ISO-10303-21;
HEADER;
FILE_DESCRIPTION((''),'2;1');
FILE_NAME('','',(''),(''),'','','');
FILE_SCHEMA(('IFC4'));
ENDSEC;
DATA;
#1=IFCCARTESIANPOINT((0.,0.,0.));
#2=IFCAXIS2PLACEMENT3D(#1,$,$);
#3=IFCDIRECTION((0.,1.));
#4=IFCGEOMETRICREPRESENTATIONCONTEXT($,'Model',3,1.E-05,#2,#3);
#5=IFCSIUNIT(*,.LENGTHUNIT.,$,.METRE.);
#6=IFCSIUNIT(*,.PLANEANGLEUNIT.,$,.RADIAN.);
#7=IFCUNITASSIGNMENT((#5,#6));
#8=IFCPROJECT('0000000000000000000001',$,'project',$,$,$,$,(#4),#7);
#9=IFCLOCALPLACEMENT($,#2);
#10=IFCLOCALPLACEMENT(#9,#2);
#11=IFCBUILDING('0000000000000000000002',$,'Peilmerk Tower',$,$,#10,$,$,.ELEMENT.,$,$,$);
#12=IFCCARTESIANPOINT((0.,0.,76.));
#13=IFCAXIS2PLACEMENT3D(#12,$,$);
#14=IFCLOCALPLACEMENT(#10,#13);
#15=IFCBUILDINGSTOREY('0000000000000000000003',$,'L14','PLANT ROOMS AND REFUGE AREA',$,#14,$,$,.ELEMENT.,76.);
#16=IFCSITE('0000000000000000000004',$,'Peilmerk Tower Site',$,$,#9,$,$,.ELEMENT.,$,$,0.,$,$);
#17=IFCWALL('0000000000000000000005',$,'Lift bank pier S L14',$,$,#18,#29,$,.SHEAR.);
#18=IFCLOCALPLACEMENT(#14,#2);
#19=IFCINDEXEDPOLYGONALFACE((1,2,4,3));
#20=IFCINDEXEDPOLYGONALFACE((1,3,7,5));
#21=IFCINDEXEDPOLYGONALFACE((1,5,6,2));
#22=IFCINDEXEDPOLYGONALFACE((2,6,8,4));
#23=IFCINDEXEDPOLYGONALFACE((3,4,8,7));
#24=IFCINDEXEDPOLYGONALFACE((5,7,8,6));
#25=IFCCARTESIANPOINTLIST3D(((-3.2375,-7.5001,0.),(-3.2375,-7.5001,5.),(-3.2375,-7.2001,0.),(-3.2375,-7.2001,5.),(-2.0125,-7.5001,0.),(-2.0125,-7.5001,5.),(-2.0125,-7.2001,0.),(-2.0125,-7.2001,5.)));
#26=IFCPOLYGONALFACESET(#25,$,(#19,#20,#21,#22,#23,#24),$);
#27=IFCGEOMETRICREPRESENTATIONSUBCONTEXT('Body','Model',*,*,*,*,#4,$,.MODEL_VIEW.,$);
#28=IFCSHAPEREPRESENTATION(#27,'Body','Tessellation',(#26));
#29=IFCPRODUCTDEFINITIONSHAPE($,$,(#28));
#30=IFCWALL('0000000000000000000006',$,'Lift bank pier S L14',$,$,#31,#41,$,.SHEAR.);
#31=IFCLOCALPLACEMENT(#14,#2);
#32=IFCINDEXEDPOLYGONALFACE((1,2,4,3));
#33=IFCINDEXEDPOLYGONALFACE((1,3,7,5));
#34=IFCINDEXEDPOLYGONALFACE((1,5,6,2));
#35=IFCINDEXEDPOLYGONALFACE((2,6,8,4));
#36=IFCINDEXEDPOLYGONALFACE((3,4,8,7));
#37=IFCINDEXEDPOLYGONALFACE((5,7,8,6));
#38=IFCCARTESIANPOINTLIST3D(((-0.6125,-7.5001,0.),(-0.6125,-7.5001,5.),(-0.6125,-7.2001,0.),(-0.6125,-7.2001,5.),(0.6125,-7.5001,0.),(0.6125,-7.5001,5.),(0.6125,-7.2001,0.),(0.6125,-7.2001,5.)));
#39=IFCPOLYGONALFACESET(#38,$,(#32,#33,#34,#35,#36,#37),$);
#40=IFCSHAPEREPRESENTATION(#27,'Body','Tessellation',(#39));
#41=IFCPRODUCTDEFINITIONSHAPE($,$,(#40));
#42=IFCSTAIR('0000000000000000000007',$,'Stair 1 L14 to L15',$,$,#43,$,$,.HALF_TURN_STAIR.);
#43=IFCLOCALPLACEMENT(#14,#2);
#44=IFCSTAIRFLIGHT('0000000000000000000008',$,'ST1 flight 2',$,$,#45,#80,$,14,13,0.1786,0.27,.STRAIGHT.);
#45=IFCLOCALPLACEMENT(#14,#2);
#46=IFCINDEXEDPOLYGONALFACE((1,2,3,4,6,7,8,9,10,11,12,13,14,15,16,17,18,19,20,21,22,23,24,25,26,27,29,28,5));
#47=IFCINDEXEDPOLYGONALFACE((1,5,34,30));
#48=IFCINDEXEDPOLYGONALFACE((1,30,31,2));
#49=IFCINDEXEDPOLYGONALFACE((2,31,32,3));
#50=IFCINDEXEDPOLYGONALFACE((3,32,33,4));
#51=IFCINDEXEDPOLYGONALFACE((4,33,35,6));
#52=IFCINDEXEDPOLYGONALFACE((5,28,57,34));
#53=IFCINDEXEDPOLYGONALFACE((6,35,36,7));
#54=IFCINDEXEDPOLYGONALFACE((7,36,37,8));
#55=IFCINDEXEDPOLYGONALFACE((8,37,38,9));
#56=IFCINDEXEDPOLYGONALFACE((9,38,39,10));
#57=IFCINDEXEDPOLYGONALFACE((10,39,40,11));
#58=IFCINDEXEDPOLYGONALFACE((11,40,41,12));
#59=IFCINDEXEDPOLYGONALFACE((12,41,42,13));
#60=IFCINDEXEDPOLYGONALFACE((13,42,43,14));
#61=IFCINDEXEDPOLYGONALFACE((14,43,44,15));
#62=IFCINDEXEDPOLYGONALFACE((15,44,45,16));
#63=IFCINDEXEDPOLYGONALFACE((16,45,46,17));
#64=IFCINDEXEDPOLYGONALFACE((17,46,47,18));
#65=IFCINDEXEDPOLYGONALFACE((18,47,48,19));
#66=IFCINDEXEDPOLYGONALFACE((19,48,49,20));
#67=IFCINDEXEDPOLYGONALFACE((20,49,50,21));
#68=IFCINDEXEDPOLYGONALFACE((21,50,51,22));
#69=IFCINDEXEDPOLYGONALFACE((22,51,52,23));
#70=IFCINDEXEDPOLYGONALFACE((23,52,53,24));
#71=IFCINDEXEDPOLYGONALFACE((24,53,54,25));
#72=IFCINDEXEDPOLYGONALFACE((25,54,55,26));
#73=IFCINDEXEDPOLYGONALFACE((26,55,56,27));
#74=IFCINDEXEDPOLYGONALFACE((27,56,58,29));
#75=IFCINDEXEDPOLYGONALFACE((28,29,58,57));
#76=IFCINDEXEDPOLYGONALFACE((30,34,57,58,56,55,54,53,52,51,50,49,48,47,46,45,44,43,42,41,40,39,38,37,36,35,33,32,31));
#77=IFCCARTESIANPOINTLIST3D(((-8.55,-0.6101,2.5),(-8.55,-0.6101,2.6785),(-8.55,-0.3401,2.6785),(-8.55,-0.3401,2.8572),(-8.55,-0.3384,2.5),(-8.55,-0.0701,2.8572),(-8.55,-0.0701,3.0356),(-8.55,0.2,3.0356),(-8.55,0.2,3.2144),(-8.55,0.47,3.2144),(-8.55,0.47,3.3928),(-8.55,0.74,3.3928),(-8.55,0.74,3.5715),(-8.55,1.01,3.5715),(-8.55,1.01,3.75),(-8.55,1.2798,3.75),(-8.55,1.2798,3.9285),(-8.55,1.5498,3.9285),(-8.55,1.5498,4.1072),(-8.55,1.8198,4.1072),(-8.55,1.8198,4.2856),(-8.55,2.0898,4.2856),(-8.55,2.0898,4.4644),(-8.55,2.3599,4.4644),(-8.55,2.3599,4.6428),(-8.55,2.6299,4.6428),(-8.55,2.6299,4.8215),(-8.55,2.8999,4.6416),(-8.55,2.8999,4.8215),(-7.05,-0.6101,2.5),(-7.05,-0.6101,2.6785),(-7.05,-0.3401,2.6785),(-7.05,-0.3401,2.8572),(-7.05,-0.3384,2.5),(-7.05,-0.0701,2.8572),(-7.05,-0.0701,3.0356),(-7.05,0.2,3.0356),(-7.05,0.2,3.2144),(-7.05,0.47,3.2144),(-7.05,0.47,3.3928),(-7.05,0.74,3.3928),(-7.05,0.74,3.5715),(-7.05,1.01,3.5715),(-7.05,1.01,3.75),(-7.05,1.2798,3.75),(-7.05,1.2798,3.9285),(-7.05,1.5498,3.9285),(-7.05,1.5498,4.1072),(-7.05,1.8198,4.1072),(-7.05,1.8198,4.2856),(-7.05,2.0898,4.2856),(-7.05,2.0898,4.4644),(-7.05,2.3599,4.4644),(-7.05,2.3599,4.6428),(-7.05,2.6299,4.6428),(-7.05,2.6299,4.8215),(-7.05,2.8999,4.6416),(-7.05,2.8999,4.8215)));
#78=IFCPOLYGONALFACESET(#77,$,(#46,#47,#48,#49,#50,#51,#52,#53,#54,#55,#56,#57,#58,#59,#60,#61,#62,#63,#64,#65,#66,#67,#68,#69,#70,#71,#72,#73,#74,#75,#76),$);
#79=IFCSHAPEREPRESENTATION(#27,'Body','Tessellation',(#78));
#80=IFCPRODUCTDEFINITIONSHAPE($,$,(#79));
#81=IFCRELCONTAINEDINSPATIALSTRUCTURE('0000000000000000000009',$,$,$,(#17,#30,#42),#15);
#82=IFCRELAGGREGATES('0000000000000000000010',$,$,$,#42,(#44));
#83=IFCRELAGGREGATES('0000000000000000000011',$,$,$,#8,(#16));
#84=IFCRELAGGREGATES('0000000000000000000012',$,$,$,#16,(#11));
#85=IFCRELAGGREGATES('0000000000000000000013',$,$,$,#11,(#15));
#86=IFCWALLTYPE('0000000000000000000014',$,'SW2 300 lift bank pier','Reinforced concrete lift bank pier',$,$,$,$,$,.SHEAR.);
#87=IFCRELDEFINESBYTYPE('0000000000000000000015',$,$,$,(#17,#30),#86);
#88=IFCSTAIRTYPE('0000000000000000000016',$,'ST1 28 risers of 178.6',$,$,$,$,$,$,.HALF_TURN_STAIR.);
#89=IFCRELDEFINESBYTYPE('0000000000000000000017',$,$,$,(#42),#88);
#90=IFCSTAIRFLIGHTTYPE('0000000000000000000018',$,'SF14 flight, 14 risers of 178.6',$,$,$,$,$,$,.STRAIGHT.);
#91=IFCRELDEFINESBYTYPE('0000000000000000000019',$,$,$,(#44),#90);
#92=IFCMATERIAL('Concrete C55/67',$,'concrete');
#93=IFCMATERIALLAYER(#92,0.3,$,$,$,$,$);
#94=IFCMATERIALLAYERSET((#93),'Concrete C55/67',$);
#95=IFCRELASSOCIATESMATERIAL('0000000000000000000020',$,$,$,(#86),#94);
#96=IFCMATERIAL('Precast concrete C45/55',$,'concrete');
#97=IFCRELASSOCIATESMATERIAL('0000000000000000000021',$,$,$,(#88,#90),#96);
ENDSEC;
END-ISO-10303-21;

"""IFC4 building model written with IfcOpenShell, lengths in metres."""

from ifc_helpers import new_model, si_unit, direction, frame, frame_2d, origin, place, context, subcontext, project, spatial, polyline, rectangle, outline, extrude, material, layer, layer_set, type_object, element, aggregate, save


model = new_model("IFC4")

# Units and contexts
model_context = context("Model", 3, precision=1e-05, world=origin(), true_north=direction((0.0, 1.0)))
body_context = subcontext(model_context, "Body", "Model", "MODEL_VIEW")
ifc_project = project(units=[si_unit("LENGTHUNIT", "METRE"), si_unit("PLANEANGLEUNIT", "RADIAN")], contexts=[model_context])

# Site, building, storey
site_placement = place(None, origin())
site = spatial("IfcSite", under=ifc_project, at=site_placement, Name="Peilmerk Tower Site", CompositionType="ELEMENT", RefElevation=0.0)
building_placement = place(site_placement, origin())
building = spatial("IfcBuilding", under=site, at=building_placement, Name="Peilmerk Tower", CompositionType="ELEMENT")
storey_placement = place(building_placement, frame((0.0, 0.0, 76.0)))
storey = spatial("IfcBuildingStorey", under=building, at=storey_placement, Name="L14", Description="PLANT ROOMS AND REFUGE AREA", CompositionType="ELEMENT", Elevation=76.0)

# Shared definitions
ifc_material_1 = material(Name="Concrete C55/67", Category="concrete")

# Walls
ifc_layer_1 = layer(ifc_material_1, 0.3)
ifc_layer_set_1 = layer_set([ifc_layer_1], Name="Concrete C55/67")
wall_type_1 = type_object("IfcWallType", Name="SW2 300 lift bank pier", Description="Reinforced concrete lift bank pier", PredefinedType="SHEAR", material=ifc_layer_set_1)
for number, where, z_axis, x_axis, name in (
    (1, (-3.2375, -7.3501, 0.0), (0.0, 0.0, 1.0), (1.0, 0.0, 0.0), "Lift bank pier S L14"),
    (2, (-0.6125, -7.3501, 0.0), (0.0, 0.0, 1.0), (1.0, 0.0, 0.0), "Lift bank pier S L14"),
):
    element("IfcWall", number, at=place(storey_placement, frame(where, z_axis=z_axis, x_axis=x_axis)), inside=storey, type_object=wall_type_1, Name=name, PredefinedType="SHEAR", context=body_context, shape_type="SweptSolid", body=[
        extrude(rectangle(XDim=1.2251, YDim=0.3, at=frame_2d((0.6125, 0.0))), origin(), (0.0, 0.0, 1.0), 5.0),
    ])

# Stair, stair flight
ifc_material_2 = material(Name="Precast concrete C45/55", Category="concrete")
stair_type = type_object("IfcStairType", Name="ST1 28 risers of 178.6", PredefinedType="HALF_TURN_STAIR", material=ifc_material_2)
stair_placement = place(storey_placement, origin())
stair = element("IfcStair", 3, at=stair_placement, inside=storey, type_object=stair_type, Name="Stair 1 L14 to L15", PredefinedType="HALF_TURN_STAIR")
stair_flight_type = type_object("IfcStairFlightType", Name="SF14 flight, 14 risers of 178.6", PredefinedType="STRAIGHT", material=ifc_material_2)
stair_flight_placement = place(storey_placement, frame((-7.8, -0.6101, 2.5), z_axis=(0.0, 0.0, 1.0), x_axis=(0.0, 1.0, 0.0)))
stair_flight = element("IfcStairFlight", 4, at=stair_flight_placement, type_object=stair_flight_type, Name="ST1 flight 2", NumberOfRisers=14, NumberOfTreads=13, PredefinedType="STRAIGHT", RiserHeight=0.1786, TreadLength=0.27, context=body_context, shape_type="SweptSolid", body=[
    extrude(outline(polyline([(0.0, 0.0), (0.0, 0.1785), (0.27, 0.1785), (0.27, 0.3572), (0.54, 0.3572), (0.54, 0.5356), (0.8101, 0.5356), (0.8101, 0.7144), (1.0801, 0.7144), (1.0801, 0.8928), (1.3501, 0.8928), (1.3501, 1.0715), (1.6201, 1.0715), (1.6201, 1.25), (1.8899, 1.25), (1.8899, 1.4285), (2.1599, 1.4285), (2.1599, 1.6072), (2.4299, 1.6072), (2.4299, 1.7856), (2.7, 1.7856), (2.7, 1.9644), (2.97, 1.9644), (2.97, 2.1428), (3.24, 2.1428), (3.24, 2.3215), (3.51, 2.3215), (3.51, 2.5), (3.51, 2.1416), (0.2717, 0.0), (0.0, 0.0)])), frame((0.0, 0.75, 0.0), z_axis=(0.0, -1.0, 0.0), x_axis=(1.0, 0.0, 0.0)), (0.0, 0.0, 1.0), 1.5),
])
aggregate(stair, [stair_flight])

save(model, "model.ifc")
